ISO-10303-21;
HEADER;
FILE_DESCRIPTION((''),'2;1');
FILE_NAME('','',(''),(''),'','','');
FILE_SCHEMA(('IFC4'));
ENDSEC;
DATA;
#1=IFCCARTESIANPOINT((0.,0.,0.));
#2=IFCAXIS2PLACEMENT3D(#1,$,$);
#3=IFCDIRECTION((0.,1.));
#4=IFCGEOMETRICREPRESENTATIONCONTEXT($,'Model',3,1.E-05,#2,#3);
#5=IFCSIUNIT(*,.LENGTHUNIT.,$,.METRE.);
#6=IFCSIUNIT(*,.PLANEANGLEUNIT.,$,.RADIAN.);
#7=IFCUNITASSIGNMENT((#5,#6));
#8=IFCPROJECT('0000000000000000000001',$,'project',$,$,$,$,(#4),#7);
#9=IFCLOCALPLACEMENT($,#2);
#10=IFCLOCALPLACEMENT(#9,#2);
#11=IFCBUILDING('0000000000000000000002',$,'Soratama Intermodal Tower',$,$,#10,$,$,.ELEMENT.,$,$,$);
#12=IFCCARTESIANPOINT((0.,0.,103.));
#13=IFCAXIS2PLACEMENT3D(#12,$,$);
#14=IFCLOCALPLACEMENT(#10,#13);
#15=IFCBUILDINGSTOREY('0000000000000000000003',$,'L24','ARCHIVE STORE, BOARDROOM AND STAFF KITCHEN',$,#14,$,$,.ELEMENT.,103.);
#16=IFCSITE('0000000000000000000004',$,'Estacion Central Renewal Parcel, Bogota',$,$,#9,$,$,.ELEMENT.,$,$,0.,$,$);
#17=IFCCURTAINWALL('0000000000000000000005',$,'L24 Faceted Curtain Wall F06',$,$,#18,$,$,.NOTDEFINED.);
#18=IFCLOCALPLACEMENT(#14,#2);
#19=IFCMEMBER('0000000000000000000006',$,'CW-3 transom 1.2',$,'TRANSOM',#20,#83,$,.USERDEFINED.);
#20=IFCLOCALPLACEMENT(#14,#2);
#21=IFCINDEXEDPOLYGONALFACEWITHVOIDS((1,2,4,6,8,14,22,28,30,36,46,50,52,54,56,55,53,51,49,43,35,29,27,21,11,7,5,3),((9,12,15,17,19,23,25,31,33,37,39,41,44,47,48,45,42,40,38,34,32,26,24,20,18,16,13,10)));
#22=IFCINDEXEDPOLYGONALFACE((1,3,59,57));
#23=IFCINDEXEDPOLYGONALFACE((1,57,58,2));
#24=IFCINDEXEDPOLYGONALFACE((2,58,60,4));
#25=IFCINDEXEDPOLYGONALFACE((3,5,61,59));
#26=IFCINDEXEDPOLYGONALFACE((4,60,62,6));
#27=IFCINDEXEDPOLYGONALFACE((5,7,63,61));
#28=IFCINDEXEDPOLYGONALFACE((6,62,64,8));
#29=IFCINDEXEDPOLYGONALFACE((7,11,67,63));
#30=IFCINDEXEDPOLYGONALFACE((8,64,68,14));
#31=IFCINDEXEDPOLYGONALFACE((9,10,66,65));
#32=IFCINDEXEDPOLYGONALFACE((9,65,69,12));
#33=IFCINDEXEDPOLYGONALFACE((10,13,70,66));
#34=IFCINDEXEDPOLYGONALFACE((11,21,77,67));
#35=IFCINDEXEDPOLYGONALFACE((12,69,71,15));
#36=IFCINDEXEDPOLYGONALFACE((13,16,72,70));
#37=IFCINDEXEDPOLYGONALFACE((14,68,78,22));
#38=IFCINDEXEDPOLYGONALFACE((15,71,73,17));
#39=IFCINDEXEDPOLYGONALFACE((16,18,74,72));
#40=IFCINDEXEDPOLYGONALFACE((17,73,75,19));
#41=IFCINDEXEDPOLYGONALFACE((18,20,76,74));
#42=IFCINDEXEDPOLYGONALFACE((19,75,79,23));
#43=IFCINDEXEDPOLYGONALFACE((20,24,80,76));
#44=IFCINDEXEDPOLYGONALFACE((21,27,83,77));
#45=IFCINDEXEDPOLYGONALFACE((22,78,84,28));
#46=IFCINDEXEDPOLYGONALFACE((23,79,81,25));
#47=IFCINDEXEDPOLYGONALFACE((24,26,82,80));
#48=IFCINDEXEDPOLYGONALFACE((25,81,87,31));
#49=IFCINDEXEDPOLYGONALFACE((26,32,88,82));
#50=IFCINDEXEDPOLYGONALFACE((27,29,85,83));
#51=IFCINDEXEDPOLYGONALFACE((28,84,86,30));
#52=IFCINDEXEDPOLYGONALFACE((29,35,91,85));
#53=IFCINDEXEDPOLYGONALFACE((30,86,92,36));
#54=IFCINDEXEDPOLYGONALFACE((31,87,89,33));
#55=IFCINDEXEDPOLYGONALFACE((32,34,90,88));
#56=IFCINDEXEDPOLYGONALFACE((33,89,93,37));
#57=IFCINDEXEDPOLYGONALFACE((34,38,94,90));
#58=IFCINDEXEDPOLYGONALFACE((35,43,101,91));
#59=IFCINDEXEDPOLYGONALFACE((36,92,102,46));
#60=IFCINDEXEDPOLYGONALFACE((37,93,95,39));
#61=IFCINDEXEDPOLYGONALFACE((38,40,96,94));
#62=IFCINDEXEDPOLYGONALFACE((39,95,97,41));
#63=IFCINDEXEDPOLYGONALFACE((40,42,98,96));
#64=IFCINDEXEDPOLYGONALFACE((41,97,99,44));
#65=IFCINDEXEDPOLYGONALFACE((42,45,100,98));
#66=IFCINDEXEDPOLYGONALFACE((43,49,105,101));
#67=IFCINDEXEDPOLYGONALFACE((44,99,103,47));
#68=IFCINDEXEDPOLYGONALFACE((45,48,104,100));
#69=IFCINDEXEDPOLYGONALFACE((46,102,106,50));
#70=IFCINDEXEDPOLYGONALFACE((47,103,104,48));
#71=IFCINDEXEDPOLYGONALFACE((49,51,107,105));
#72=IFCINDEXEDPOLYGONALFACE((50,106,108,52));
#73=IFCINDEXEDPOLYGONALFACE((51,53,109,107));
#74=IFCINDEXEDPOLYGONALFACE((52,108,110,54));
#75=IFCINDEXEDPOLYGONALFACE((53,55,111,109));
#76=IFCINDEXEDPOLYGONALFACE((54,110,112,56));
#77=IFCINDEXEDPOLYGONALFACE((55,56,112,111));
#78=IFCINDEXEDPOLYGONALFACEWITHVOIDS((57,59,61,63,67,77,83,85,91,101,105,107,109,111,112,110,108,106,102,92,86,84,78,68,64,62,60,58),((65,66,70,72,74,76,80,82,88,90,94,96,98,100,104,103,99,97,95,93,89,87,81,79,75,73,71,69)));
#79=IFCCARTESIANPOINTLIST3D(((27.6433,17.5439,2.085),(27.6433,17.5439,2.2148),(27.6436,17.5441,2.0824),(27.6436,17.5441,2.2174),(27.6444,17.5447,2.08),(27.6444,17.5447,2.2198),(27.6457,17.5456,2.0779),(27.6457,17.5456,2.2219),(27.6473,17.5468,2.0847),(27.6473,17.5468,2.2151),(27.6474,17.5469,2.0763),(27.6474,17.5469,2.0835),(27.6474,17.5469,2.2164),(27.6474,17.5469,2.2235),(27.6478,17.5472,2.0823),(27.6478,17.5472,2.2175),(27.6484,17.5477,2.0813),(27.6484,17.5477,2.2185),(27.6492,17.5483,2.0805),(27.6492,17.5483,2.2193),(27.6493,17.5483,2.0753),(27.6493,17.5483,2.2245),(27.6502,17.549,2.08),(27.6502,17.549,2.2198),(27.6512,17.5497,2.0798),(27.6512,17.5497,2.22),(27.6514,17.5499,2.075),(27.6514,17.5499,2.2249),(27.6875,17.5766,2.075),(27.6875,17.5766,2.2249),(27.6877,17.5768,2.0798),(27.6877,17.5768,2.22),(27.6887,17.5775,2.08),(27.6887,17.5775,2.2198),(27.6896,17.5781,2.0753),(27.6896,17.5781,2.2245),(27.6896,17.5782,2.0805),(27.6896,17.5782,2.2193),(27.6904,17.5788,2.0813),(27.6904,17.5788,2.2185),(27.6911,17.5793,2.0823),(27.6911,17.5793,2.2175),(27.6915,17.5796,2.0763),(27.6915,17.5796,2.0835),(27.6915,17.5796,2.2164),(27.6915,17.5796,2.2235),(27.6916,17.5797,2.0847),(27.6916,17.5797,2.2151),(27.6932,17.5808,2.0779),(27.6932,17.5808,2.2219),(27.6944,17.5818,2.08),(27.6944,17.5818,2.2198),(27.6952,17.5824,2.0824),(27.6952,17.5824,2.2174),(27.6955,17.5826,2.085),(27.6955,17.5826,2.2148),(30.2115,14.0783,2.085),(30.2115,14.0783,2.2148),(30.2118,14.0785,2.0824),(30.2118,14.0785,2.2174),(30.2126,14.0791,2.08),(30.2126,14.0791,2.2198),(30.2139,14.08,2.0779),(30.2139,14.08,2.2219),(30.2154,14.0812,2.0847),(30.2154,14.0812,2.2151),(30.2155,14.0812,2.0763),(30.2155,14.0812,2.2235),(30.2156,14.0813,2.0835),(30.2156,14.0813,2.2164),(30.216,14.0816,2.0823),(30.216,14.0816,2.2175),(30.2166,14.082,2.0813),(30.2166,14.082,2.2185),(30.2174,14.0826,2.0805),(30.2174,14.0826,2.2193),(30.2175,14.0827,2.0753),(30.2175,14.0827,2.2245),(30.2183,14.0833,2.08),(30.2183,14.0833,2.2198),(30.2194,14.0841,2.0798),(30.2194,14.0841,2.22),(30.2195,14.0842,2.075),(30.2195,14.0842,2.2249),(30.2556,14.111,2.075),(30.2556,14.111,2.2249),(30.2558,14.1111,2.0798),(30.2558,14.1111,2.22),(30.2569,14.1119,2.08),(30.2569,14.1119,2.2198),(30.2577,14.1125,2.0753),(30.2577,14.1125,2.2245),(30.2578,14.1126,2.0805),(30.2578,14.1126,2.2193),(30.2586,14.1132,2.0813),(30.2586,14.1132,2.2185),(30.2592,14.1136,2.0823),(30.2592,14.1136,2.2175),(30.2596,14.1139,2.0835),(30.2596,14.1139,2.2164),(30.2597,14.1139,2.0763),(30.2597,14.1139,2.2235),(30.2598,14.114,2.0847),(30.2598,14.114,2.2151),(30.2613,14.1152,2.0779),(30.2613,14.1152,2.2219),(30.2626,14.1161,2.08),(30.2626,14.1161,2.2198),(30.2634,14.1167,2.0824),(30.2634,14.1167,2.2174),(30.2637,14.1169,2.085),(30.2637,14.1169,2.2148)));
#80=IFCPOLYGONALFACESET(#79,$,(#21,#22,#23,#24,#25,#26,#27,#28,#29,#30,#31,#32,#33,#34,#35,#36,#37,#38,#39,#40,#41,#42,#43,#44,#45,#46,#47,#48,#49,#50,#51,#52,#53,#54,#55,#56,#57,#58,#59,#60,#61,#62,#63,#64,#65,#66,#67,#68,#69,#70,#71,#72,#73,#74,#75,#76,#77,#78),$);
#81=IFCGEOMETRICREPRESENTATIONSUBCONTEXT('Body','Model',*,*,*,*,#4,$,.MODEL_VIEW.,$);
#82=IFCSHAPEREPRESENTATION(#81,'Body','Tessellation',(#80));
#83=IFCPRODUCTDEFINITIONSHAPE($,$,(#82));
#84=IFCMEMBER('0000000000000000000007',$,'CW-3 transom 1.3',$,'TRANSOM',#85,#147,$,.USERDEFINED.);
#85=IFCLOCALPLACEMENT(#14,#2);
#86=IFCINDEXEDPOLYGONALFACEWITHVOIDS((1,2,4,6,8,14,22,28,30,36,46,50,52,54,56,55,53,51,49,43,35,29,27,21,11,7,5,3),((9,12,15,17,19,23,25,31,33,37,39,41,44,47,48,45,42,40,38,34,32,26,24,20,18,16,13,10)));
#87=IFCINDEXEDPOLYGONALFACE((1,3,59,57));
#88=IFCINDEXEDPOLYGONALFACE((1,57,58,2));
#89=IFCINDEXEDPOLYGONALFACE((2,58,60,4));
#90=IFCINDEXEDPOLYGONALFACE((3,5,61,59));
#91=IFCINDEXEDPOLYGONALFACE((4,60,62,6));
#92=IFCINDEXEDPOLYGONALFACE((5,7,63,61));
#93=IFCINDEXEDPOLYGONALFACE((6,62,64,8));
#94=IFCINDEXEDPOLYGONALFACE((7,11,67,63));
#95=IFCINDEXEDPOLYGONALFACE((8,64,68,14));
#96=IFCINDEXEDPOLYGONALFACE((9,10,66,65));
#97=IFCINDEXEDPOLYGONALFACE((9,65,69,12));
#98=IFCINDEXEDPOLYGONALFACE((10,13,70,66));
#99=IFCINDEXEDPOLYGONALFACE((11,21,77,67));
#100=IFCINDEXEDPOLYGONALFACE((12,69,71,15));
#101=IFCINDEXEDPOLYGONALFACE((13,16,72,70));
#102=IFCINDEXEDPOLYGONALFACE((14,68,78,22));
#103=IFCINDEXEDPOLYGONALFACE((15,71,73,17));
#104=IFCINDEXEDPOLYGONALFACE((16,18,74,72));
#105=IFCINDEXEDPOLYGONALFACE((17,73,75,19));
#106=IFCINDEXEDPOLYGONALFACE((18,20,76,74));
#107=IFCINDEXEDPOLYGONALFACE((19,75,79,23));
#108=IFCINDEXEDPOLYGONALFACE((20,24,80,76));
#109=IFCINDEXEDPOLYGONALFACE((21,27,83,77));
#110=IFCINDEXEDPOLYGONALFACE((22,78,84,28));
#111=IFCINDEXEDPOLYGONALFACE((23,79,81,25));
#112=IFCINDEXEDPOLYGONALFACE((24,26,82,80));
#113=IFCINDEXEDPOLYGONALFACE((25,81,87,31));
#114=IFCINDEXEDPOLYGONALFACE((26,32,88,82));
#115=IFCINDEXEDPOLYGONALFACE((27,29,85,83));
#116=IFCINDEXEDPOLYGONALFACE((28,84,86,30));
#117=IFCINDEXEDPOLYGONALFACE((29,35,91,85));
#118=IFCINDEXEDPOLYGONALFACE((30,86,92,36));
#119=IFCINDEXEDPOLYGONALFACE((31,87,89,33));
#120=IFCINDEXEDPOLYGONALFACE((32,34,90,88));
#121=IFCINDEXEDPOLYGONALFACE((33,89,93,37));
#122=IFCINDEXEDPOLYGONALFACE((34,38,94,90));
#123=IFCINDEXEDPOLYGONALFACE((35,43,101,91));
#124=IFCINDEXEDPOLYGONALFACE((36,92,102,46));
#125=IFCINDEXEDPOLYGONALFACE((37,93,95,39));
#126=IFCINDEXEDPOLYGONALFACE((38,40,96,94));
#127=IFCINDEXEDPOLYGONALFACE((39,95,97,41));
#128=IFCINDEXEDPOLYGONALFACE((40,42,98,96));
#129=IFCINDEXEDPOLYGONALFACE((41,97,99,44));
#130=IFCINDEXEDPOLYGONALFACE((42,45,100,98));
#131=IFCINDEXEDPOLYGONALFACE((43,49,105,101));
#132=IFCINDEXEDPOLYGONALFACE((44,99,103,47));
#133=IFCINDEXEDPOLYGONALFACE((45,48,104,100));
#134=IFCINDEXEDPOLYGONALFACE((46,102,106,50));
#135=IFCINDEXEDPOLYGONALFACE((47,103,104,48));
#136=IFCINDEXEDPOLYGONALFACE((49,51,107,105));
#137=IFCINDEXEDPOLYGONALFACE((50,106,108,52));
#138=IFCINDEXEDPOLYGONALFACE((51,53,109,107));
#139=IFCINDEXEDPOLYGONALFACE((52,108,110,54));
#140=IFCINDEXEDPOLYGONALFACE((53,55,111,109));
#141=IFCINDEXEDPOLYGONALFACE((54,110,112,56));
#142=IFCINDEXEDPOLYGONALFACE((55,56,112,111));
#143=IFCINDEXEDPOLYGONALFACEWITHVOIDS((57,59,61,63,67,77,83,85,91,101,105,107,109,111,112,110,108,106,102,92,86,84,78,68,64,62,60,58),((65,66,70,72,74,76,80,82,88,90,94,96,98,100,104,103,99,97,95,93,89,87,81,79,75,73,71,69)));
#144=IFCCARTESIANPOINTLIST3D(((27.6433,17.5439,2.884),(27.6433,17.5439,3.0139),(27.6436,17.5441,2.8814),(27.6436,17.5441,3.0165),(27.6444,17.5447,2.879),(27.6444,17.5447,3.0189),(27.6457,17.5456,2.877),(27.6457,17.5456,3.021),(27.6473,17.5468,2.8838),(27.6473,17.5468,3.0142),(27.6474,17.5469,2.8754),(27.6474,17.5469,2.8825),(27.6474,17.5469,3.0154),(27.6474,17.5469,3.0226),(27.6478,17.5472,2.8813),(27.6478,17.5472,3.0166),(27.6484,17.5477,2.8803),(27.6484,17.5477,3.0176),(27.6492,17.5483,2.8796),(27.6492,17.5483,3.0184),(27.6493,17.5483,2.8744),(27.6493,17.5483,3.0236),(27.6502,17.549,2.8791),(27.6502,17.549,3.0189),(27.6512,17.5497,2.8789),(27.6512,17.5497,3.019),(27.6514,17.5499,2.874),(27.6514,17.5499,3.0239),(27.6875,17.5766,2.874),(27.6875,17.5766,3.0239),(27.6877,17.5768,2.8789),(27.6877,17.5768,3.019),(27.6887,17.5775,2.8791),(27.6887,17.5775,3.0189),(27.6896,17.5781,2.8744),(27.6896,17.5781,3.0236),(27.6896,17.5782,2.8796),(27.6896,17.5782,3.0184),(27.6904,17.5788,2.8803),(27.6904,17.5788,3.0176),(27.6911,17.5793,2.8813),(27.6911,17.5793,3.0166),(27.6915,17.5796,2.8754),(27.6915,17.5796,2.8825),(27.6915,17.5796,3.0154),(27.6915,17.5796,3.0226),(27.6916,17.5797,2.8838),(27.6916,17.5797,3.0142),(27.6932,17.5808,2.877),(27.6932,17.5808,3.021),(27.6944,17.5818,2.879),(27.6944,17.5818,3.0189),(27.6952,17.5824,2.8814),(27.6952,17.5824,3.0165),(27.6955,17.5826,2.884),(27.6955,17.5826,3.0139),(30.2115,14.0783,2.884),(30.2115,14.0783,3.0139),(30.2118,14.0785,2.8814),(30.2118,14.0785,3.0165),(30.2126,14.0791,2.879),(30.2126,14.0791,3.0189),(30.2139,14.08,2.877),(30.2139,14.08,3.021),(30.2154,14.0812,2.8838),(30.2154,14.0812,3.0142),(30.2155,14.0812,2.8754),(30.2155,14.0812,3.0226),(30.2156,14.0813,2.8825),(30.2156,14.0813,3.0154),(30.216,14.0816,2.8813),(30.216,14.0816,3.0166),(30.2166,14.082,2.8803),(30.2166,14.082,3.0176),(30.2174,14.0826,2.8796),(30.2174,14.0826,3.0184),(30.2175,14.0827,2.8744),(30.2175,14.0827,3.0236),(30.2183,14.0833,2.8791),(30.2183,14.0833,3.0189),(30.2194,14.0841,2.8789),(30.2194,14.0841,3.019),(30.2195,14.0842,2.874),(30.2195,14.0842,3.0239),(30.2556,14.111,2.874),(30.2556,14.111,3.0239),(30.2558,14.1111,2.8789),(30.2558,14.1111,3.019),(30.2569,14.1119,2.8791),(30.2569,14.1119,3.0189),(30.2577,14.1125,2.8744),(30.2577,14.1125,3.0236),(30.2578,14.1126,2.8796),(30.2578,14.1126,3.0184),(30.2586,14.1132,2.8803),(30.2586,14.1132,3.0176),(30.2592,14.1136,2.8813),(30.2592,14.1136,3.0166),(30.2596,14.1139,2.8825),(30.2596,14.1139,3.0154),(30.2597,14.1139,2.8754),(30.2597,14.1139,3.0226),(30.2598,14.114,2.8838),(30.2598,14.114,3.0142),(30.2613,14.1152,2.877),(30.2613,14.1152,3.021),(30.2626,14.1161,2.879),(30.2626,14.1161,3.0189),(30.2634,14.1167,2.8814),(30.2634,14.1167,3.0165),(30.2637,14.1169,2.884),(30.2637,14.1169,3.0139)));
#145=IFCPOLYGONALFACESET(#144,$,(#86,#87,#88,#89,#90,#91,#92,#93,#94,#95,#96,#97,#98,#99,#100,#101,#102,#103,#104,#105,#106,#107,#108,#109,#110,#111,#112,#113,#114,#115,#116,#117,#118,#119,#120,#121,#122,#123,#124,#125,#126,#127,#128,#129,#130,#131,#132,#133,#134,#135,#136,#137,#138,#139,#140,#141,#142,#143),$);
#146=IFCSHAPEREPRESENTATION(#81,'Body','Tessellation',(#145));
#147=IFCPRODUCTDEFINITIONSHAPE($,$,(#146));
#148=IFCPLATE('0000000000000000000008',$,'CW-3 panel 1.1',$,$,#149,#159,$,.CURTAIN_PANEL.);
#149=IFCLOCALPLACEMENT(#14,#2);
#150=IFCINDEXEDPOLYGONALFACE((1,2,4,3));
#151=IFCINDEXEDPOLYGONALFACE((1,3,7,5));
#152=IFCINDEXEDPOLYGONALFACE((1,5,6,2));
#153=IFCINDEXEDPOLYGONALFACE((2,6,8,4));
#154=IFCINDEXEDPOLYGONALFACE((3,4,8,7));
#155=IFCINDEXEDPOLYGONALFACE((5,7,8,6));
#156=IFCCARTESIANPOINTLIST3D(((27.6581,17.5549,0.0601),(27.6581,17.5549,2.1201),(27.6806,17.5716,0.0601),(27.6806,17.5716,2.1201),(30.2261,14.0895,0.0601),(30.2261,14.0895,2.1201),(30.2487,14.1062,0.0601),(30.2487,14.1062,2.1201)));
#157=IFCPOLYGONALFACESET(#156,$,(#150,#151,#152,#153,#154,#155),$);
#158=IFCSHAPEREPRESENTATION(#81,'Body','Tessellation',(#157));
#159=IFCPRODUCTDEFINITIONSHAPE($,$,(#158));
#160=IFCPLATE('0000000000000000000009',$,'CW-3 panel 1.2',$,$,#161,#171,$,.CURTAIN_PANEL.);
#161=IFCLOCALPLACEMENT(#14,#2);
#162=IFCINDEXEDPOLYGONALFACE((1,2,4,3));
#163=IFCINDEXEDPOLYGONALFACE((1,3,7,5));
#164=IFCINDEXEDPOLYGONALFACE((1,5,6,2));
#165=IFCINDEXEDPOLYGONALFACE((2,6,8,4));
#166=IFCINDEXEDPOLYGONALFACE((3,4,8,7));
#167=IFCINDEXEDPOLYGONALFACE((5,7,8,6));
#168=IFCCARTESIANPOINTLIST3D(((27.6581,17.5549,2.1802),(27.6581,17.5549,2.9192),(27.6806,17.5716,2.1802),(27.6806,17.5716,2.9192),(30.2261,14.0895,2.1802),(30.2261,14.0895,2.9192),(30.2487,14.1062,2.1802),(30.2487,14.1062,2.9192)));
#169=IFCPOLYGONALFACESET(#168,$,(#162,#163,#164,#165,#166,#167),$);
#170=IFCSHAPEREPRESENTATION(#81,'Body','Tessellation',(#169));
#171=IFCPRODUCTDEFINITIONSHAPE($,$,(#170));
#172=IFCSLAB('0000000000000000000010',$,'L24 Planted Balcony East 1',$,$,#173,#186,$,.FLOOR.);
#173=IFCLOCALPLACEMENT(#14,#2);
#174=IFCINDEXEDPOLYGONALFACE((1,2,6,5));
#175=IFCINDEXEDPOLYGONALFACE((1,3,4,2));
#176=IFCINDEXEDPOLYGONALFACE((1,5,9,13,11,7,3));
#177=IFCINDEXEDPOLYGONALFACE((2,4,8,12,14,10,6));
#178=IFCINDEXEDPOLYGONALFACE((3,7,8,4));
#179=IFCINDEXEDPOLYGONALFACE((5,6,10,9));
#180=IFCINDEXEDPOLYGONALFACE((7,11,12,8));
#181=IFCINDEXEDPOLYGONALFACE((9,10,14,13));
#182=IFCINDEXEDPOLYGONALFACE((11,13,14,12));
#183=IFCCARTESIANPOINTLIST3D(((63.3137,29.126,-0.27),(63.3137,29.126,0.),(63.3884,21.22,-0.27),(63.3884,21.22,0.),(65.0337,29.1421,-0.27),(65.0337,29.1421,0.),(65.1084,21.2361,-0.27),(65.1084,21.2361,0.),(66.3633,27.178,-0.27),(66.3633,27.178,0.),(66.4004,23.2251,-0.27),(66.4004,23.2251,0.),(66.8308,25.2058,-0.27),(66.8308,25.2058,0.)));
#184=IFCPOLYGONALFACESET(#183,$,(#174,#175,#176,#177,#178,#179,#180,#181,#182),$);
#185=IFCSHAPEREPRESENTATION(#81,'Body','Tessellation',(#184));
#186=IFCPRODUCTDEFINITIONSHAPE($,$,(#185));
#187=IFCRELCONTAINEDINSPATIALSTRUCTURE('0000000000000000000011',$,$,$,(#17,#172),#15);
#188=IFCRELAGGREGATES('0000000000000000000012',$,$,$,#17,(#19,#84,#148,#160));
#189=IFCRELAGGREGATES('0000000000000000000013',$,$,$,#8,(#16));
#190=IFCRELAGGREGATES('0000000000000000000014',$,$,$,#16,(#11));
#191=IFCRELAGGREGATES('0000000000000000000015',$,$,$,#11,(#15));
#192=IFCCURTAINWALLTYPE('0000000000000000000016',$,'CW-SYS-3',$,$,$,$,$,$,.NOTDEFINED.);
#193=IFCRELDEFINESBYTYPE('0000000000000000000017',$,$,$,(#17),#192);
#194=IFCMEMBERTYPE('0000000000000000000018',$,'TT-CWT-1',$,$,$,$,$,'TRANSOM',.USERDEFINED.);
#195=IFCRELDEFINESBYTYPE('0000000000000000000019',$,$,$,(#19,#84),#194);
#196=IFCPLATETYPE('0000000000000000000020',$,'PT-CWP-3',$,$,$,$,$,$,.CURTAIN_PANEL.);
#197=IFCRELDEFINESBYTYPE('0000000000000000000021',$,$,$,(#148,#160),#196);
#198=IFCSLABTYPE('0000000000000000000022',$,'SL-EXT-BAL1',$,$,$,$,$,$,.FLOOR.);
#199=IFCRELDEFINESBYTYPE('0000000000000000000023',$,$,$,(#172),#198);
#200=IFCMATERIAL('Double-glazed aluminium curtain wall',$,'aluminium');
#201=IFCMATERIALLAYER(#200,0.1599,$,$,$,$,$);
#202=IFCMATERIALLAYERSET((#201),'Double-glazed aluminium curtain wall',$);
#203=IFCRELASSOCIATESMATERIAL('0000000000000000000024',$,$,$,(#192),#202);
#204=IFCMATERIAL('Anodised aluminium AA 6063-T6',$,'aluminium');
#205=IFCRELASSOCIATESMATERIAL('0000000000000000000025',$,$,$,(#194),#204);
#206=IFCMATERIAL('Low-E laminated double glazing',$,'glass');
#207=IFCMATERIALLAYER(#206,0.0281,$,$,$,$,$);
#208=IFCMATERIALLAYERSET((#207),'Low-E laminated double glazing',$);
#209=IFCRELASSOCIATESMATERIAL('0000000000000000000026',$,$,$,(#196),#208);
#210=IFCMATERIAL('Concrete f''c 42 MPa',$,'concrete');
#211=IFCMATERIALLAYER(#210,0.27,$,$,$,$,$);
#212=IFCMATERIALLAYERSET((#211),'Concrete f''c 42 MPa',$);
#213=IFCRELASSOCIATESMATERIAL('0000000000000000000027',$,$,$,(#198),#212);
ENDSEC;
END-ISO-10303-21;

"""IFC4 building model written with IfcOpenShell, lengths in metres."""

from ifc_helpers import new_model, si_unit, direction, frame, origin, origin_2d, place, context, subcontext, project, spatial, polyline, rectangle, hollow_rectangle, outline, extrude, material, layer, layer_set, material_profile, profile_set, type_object, element, aggregate, save


model = new_model("IFC4")

# Units and contexts
model_context = context("Model", 3, precision=1e-05, world=origin(), true_north=direction((0.0, 1.0)))
body_context = subcontext(model_context, "Body", "Model", "MODEL_VIEW")
ifc_project = project(units=[si_unit("LENGTHUNIT", "METRE"), si_unit("PLANEANGLEUNIT", "RADIAN")], contexts=[model_context])

# Site, building, storey
site_placement = place(None, origin())
site = spatial("IfcSite", under=ifc_project, at=site_placement, Name="Estacion Central Renewal Parcel, Bogota", CompositionType="ELEMENT", RefElevation=0.0)
building_placement = place(site_placement, origin())
building = spatial("IfcBuilding", under=site, at=building_placement, Name="Soratama Intermodal Tower", CompositionType="ELEMENT")
storey_placement = place(building_placement, frame((0.0, 0.0, 103.0)))
storey = spatial("IfcBuildingStorey", under=building, at=storey_placement, Name="L24", Description="ARCHIVE STORE, BOARDROOM AND STAFF KITCHEN", CompositionType="ELEMENT", Elevation=103.0)

# Curtain wall, members, plates
ifc_material_1 = material(Name="Double-glazed aluminium curtain wall", Category="aluminium")
ifc_layer_1 = layer(ifc_material_1, 0.1599)
ifc_layer_set_1 = layer_set([ifc_layer_1], Name="Double-glazed aluminium curtain wall")
curtain_wall_type = type_object("IfcCurtainWallType", Name="CW-SYS-3", PredefinedType="NOTDEFINED", material=ifc_layer_set_1)
curtain_wall_placement = place(storey_placement, origin())
curtain_wall = element("IfcCurtainWall", 1, at=curtain_wall_placement, inside=storey, type_object=curtain_wall_type, Name="L24 Faceted Curtain Wall F06", PredefinedType="NOTDEFINED")
ifc_material_2 = material(Name="Anodised aluminium AA 6063-T6", Category="aluminium")
ifc_material_profile_1 = material_profile(ifc_material_2, hollow_rectangle(XDim=0.0649, YDim=0.1499, WallThickness=0.0049, InnerFilletRadius=0.0049, OuterFilletRadius=0.01, at=origin_2d()), Name="CWT150X65X5")
ifc_profile_set_1 = profile_set([ifc_material_profile_1], Name="Anodised aluminium AA 6063-T6")
member_type_1 = type_object("IfcMemberType", Name="TT-CWT-1", ElementType="TRANSOM", PredefinedType="USERDEFINED", material=ifc_profile_set_1)
member_1_placement = place(storey_placement, frame((27.6694, 17.5632, 2.1499), z_axis=(0.59538, -0.803444, 0.0), x_axis=(0.803444, 0.59538, 0.0)))
member_1 = element("IfcMember", 2, at=member_1_placement, type_object=member_type_1, Name="CW-3 transom 1.2", ObjectType="TRANSOM", PredefinedType="USERDEFINED", context=body_context, shape_type="SweptSolid", body=[
    extrude(hollow_rectangle(XDim=0.0649, YDim=0.1499, WallThickness=0.0049, InnerFilletRadius=0.0049, OuterFilletRadius=0.01, at=origin_2d()), origin(), (0.0, 0.0, 1.0), 4.3135),
])
member_2_placement = place(storey_placement, frame((27.6694, 17.5632, 2.949), z_axis=(0.59538, -0.803444, 0.0), x_axis=(0.803444, 0.59538, 0.0)))
member_2 = element("IfcMember", 3, at=member_2_placement, type_object=member_type_1, Name="CW-3 transom 1.3", ObjectType="TRANSOM", PredefinedType="USERDEFINED", context=body_context, shape_type="SweptSolid", body=[
    extrude(hollow_rectangle(XDim=0.0649, YDim=0.1499, WallThickness=0.0049, InnerFilletRadius=0.0049, OuterFilletRadius=0.01, at=origin_2d()), origin(), (0.0, 0.0, 1.0), 4.3135),
])
ifc_material_3 = material(Name="Low-E laminated double glazing", Category="glass")
ifc_layer_2 = layer(ifc_material_3, 0.0281)
ifc_layer_set_2 = layer_set([ifc_layer_2], Name="Low-E laminated double glazing")
plate_type = type_object("IfcPlateType", Name="PT-CWP-3", PredefinedType="CURTAIN_PANEL", material=ifc_layer_set_2)
plate_1_placement = place(storey_placement, frame((28.9534, 15.8306, 0.0601), z_axis=(0.0, 0.0, 1.0), x_axis=(0.595383, -0.803442, 0.0)))
plate_1 = element("IfcPlate", 4, at=plate_1_placement, type_object=plate_type, Name="CW-3 panel 1.1", PredefinedType="CURTAIN_PANEL", context=body_context, shape_type="SweptSolid", body=[
    extrude(rectangle(XDim=4.3132, YDim=0.0281, at=origin_2d()), origin(), (0.0, 0.0, 1.0), 2.0601),
])
plate_2_placement = place(storey_placement, frame((28.9534, 15.8306, 2.1802), z_axis=(0.0, 0.0, 1.0), x_axis=(0.595383, -0.803442, 0.0)))
plate_2 = element("IfcPlate", 5, at=plate_2_placement, type_object=plate_type, Name="CW-3 panel 1.2", PredefinedType="CURTAIN_PANEL", context=body_context, shape_type="SweptSolid", body=[
    extrude(rectangle(XDim=4.3132, YDim=0.0281, at=origin_2d()), origin(), (0.0, 0.0, 1.0), 0.739),
])
aggregate(curtain_wall, [member_1, member_2, plate_1, plate_2])

# Slab
ifc_material_4 = material(Name="Concrete f'c 42 MPa", Category="concrete")
ifc_layer_3 = layer(ifc_material_4, 0.27)
ifc_layer_set_3 = layer_set([ifc_layer_3], Name="Concrete f'c 42 MPa")
slab_type_1 = type_object("IfcSlabType", Name="SL-EXT-BAL1", PredefinedType="FLOOR", material=ifc_layer_set_3)
slab_1_placement = place(storey_placement, frame((0.0, 0.0, -0.27)))
element("IfcSlab", 6, at=slab_1_placement, inside=storey, type_object=slab_type_1, Name="L24 Planted Balcony East 1", PredefinedType="FLOOR", context=body_context, shape_type="SweptSolid", body=[
    extrude(outline(polyline([(63.3884, 21.22), (63.3137, 29.126), (65.0337, 29.1421), (66.3633, 27.178), (66.8308, 25.2058), (66.4004, 23.2251), (65.1084, 21.2361), (63.3884, 21.22)])), origin(), (0.0, 0.0, 1.0), 0.27),
])

save(model, "model.ifc")
